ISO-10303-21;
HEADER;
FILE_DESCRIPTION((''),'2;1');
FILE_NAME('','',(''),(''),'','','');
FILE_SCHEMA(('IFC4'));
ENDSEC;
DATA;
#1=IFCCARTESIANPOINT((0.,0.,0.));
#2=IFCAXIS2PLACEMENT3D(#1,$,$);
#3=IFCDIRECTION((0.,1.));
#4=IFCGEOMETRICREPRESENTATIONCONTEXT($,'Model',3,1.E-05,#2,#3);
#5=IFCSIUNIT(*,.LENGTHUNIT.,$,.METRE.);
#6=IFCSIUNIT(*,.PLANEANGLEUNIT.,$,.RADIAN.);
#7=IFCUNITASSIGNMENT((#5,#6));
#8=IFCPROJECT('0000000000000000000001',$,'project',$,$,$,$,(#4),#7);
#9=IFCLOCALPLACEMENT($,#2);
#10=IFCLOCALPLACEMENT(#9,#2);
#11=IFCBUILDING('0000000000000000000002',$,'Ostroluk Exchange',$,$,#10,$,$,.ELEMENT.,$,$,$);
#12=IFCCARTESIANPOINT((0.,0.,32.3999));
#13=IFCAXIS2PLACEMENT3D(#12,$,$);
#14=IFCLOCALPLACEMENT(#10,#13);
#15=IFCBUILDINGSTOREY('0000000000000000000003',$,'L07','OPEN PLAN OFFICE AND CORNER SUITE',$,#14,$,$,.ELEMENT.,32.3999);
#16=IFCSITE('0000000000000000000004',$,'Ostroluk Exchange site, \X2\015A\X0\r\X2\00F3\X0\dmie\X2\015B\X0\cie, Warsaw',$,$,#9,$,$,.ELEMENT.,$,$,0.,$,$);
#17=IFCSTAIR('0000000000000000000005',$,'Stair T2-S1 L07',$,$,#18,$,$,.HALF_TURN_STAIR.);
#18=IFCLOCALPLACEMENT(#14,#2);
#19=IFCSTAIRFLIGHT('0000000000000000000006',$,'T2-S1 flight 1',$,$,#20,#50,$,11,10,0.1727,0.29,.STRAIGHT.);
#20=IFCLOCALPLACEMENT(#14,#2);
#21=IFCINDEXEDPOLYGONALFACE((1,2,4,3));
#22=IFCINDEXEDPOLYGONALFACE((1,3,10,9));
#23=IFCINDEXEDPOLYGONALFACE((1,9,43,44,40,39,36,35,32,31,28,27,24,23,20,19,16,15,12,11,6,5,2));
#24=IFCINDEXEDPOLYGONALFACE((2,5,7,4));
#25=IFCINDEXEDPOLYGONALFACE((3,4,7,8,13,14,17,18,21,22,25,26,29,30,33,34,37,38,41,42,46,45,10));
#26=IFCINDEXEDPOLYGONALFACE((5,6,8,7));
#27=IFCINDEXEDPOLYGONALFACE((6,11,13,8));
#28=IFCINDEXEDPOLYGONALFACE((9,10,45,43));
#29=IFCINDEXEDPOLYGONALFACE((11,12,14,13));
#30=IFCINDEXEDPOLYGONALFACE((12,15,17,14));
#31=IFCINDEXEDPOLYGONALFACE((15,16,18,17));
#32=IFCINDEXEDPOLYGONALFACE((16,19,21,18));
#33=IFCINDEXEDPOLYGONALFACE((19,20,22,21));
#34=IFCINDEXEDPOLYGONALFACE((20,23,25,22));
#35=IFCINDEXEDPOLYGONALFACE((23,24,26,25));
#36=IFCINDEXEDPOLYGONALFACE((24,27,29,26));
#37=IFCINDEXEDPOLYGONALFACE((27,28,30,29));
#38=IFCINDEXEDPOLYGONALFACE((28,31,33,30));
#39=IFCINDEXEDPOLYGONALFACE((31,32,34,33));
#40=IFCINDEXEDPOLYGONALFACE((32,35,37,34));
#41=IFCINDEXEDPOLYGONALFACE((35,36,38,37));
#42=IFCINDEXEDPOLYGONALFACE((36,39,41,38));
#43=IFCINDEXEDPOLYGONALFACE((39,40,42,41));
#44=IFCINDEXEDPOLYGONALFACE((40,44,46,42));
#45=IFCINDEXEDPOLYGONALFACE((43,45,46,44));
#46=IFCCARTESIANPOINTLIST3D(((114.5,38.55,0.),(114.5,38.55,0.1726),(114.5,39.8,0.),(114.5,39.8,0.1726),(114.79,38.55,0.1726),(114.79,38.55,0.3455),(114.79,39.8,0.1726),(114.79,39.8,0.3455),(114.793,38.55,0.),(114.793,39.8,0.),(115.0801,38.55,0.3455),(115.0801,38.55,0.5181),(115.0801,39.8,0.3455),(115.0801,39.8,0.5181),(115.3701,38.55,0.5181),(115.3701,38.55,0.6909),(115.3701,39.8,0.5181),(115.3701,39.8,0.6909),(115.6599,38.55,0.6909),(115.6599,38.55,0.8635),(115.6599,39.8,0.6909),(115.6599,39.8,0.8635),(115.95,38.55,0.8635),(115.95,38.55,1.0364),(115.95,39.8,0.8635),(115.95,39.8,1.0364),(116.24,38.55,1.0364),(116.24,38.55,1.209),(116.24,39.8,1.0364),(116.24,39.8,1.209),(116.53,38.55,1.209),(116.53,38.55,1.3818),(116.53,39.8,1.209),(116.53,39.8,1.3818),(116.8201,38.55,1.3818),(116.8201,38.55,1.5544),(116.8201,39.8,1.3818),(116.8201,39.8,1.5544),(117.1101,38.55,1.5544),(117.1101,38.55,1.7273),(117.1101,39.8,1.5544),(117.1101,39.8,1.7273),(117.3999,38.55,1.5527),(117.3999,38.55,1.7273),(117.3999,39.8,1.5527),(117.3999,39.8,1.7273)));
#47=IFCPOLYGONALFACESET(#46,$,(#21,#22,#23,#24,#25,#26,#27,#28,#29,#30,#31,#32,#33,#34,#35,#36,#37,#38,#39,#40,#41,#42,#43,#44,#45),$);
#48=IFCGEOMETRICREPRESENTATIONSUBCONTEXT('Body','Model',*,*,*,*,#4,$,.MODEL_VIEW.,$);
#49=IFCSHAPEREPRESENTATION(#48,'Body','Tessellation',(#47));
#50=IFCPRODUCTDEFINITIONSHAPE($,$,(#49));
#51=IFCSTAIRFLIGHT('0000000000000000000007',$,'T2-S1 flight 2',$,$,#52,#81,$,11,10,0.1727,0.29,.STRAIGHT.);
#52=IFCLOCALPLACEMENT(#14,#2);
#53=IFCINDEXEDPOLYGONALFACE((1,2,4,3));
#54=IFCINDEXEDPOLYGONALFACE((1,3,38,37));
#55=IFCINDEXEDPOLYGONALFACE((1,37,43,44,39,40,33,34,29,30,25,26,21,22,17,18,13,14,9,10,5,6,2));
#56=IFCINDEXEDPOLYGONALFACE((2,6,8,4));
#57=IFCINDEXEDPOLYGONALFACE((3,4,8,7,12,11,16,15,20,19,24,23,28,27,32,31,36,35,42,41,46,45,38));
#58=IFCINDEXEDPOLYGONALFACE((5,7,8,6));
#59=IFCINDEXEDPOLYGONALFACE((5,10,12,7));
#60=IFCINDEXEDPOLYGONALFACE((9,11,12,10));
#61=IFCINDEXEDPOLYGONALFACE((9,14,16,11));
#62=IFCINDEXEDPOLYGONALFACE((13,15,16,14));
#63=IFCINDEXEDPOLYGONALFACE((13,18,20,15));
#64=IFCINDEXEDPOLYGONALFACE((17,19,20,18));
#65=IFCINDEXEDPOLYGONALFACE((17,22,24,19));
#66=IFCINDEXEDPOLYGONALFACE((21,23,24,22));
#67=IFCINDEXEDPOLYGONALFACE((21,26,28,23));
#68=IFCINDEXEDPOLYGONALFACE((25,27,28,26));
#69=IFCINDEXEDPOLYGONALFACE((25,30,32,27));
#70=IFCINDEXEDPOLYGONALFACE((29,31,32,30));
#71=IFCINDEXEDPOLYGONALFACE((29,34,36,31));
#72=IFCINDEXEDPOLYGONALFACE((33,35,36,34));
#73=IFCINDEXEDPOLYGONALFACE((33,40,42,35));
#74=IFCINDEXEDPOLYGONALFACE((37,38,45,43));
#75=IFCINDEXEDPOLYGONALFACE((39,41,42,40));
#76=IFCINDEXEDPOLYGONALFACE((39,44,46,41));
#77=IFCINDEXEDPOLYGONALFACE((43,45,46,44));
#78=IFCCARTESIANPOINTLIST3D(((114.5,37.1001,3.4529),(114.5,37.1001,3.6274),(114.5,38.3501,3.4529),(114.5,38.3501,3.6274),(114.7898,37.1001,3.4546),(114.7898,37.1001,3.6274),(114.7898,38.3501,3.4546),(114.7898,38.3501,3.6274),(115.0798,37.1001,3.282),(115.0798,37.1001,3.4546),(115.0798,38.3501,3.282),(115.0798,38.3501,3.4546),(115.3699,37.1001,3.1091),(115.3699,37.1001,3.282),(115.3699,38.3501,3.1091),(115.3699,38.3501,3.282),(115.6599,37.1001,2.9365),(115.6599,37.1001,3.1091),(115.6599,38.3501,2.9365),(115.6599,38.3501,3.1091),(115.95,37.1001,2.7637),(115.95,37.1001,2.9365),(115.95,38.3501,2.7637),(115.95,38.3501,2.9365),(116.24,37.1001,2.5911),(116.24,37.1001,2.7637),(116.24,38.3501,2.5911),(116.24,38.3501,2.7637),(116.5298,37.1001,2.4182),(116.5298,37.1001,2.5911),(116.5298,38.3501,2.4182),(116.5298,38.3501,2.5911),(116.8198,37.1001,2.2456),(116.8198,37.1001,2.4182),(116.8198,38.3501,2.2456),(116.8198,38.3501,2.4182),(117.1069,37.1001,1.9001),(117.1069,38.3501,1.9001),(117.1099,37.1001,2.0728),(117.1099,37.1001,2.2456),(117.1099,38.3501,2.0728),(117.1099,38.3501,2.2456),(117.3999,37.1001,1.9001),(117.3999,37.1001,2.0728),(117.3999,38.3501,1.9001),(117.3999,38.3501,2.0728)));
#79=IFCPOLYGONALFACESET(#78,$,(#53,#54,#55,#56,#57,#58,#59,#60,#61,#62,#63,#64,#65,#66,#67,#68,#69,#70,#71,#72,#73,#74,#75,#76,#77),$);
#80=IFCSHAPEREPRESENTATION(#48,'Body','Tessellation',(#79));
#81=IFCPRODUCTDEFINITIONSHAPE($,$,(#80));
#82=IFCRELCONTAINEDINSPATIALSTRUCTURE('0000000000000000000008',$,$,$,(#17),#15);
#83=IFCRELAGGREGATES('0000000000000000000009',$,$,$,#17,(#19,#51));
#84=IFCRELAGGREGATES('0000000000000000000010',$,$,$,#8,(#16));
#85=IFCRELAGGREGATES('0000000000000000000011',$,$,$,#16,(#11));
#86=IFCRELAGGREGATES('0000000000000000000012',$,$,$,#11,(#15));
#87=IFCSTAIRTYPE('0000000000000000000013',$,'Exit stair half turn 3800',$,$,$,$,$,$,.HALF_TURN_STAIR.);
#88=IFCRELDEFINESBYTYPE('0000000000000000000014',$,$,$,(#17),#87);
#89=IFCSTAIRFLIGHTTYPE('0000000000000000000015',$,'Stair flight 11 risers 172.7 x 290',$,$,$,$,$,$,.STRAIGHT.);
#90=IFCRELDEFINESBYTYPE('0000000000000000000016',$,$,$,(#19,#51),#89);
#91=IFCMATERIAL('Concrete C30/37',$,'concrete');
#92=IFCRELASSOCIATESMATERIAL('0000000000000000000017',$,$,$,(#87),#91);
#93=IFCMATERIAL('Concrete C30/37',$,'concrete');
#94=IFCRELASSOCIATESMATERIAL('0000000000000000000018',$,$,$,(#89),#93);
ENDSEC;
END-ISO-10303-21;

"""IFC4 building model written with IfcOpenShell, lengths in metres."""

from ifc_helpers import new_model, si_unit, direction, frame, origin, place, context, subcontext, project, spatial, polyline, outline, extrude, material, type_object, element, aggregate, save


model = new_model("IFC4")

# Units and contexts
model_context = context("Model", 3, precision=1e-05, world=origin(), true_north=direction((0.0, 1.0)))
body_context = subcontext(model_context, "Body", "Model", "MODEL_VIEW")
ifc_project = project(units=[si_unit("LENGTHUNIT", "METRE"), si_unit("PLANEANGLEUNIT", "RADIAN")], contexts=[model_context])

# Site, building, storey
site_placement = place(None, origin())
site = spatial("IfcSite", under=ifc_project, at=site_placement, Name="Ostroluk Exchange site, Śródmieście, Warsaw", CompositionType="ELEMENT", RefElevation=0.0)
building_placement = place(site_placement, origin())
building = spatial("IfcBuilding", under=site, at=building_placement, Name="Ostroluk Exchange", CompositionType="ELEMENT")
storey_placement = place(building_placement, frame((0.0, 0.0, 32.3999)))
storey = spatial("IfcBuildingStorey", under=building, at=storey_placement, Name="L07", Description="OPEN PLAN OFFICE AND CORNER SUITE", CompositionType="ELEMENT", Elevation=32.3999)

# Stair, stair flights
ifc_material_1 = material(Name="Concrete C30/37", Category="concrete")
stair_type = type_object("IfcStairType", Name="Exit stair half turn 3800", PredefinedType="HALF_TURN_STAIR", material=ifc_material_1)
stair_placement = place(storey_placement, origin())
stair = element("IfcStair", 1, at=stair_placement, inside=storey, type_object=stair_type, Name="Stair T2-S1 L07", PredefinedType="HALF_TURN_STAIR")
ifc_material_2 = material(Name="Concrete C30/37", Category="concrete")
stair_flight_type = type_object("IfcStairFlightType", Name="Stair flight 11 risers 172.7 x 290", PredefinedType="STRAIGHT", material=ifc_material_2)
stair_flight_1_placement = place(storey_placement, frame((114.5, 39.175, 0.0), z_axis=(0.0, 0.0, 1.0), x_axis=(1.0, 0.0, 0.0)))
stair_flight_1 = element("IfcStairFlight", 2, at=stair_flight_1_placement, type_object=stair_flight_type, Name="T2-S1 flight 1", NumberOfRisers=11, NumberOfTreads=10, PredefinedType="STRAIGHT", RiserHeight=0.1727, TreadLength=0.29, context=body_context, shape_type="SweptSolid", body=[
    extrude(outline(polyline([(0.0, 0.0), (0.0, 0.1726), (0.29, 0.1726), (0.29, 0.3455), (0.5801, 0.3455), (0.5801, 0.5181), (0.8701, 0.5181), (0.8701, 0.6909), (1.1599, 0.6909), (1.1599, 0.8635), (1.45, 0.8635), (1.45, 1.0364), (1.74, 1.0364), (1.74, 1.209), (2.03, 1.209), (2.03, 1.3818), (2.3201, 1.3818), (2.3201, 1.5544), (2.6101, 1.5544), (2.6101, 1.7273), (2.8999, 1.7273), (2.8999, 1.8999), (2.8999, 1.5527), (0.293, 0.0), (0.0, 0.0)])), frame((0.0, 0.625, 0.0), z_axis=(0.0, -1.0, 0.0), x_axis=(1.0, 0.0, 0.0)), (0.0, 0.0, 1.0), 1.25),
])
stair_flight_2_placement = place(storey_placement, frame((117.3999, 37.7251, 1.9001), z_axis=(0.0, 0.0, 1.0), x_axis=(-1.0, 0.0, 0.0)))
stair_flight_2 = element("IfcStairFlight", 3, at=stair_flight_2_placement, type_object=stair_flight_type, Name="T2-S1 flight 2", NumberOfRisers=11, NumberOfTreads=10, PredefinedType="STRAIGHT", RiserHeight=0.1727, TreadLength=0.29, context=body_context, shape_type="SweptSolid", body=[
    extrude(outline(polyline([(0.0, 0.0), (0.0, 0.1726), (0.29, 0.1726), (0.29, 0.3455), (0.5801, 0.3455), (0.5801, 0.5181), (0.8701, 0.5181), (0.8701, 0.6909), (1.1599, 0.6909), (1.1599, 0.8635), (1.45, 0.8635), (1.45, 1.0364), (1.74, 1.0364), (1.74, 1.209), (2.03, 1.209), (2.03, 1.3818), (2.3201, 1.3818), (2.3201, 1.5544), (2.6101, 1.5544), (2.6101, 1.7273), (2.8999, 1.7273), (2.8999, 1.8999), (2.8999, 1.5527), (0.293, 0.0), (0.0, 0.0)])), frame((0.0, 0.625, 0.0), z_axis=(0.0, -1.0, 0.0), x_axis=(1.0, 0.0, 0.0)), (0.0, 0.0, 1.0), 1.25),
])
aggregate(stair, [stair_flight_1, stair_flight_2])

save(model, "model.ifc")
